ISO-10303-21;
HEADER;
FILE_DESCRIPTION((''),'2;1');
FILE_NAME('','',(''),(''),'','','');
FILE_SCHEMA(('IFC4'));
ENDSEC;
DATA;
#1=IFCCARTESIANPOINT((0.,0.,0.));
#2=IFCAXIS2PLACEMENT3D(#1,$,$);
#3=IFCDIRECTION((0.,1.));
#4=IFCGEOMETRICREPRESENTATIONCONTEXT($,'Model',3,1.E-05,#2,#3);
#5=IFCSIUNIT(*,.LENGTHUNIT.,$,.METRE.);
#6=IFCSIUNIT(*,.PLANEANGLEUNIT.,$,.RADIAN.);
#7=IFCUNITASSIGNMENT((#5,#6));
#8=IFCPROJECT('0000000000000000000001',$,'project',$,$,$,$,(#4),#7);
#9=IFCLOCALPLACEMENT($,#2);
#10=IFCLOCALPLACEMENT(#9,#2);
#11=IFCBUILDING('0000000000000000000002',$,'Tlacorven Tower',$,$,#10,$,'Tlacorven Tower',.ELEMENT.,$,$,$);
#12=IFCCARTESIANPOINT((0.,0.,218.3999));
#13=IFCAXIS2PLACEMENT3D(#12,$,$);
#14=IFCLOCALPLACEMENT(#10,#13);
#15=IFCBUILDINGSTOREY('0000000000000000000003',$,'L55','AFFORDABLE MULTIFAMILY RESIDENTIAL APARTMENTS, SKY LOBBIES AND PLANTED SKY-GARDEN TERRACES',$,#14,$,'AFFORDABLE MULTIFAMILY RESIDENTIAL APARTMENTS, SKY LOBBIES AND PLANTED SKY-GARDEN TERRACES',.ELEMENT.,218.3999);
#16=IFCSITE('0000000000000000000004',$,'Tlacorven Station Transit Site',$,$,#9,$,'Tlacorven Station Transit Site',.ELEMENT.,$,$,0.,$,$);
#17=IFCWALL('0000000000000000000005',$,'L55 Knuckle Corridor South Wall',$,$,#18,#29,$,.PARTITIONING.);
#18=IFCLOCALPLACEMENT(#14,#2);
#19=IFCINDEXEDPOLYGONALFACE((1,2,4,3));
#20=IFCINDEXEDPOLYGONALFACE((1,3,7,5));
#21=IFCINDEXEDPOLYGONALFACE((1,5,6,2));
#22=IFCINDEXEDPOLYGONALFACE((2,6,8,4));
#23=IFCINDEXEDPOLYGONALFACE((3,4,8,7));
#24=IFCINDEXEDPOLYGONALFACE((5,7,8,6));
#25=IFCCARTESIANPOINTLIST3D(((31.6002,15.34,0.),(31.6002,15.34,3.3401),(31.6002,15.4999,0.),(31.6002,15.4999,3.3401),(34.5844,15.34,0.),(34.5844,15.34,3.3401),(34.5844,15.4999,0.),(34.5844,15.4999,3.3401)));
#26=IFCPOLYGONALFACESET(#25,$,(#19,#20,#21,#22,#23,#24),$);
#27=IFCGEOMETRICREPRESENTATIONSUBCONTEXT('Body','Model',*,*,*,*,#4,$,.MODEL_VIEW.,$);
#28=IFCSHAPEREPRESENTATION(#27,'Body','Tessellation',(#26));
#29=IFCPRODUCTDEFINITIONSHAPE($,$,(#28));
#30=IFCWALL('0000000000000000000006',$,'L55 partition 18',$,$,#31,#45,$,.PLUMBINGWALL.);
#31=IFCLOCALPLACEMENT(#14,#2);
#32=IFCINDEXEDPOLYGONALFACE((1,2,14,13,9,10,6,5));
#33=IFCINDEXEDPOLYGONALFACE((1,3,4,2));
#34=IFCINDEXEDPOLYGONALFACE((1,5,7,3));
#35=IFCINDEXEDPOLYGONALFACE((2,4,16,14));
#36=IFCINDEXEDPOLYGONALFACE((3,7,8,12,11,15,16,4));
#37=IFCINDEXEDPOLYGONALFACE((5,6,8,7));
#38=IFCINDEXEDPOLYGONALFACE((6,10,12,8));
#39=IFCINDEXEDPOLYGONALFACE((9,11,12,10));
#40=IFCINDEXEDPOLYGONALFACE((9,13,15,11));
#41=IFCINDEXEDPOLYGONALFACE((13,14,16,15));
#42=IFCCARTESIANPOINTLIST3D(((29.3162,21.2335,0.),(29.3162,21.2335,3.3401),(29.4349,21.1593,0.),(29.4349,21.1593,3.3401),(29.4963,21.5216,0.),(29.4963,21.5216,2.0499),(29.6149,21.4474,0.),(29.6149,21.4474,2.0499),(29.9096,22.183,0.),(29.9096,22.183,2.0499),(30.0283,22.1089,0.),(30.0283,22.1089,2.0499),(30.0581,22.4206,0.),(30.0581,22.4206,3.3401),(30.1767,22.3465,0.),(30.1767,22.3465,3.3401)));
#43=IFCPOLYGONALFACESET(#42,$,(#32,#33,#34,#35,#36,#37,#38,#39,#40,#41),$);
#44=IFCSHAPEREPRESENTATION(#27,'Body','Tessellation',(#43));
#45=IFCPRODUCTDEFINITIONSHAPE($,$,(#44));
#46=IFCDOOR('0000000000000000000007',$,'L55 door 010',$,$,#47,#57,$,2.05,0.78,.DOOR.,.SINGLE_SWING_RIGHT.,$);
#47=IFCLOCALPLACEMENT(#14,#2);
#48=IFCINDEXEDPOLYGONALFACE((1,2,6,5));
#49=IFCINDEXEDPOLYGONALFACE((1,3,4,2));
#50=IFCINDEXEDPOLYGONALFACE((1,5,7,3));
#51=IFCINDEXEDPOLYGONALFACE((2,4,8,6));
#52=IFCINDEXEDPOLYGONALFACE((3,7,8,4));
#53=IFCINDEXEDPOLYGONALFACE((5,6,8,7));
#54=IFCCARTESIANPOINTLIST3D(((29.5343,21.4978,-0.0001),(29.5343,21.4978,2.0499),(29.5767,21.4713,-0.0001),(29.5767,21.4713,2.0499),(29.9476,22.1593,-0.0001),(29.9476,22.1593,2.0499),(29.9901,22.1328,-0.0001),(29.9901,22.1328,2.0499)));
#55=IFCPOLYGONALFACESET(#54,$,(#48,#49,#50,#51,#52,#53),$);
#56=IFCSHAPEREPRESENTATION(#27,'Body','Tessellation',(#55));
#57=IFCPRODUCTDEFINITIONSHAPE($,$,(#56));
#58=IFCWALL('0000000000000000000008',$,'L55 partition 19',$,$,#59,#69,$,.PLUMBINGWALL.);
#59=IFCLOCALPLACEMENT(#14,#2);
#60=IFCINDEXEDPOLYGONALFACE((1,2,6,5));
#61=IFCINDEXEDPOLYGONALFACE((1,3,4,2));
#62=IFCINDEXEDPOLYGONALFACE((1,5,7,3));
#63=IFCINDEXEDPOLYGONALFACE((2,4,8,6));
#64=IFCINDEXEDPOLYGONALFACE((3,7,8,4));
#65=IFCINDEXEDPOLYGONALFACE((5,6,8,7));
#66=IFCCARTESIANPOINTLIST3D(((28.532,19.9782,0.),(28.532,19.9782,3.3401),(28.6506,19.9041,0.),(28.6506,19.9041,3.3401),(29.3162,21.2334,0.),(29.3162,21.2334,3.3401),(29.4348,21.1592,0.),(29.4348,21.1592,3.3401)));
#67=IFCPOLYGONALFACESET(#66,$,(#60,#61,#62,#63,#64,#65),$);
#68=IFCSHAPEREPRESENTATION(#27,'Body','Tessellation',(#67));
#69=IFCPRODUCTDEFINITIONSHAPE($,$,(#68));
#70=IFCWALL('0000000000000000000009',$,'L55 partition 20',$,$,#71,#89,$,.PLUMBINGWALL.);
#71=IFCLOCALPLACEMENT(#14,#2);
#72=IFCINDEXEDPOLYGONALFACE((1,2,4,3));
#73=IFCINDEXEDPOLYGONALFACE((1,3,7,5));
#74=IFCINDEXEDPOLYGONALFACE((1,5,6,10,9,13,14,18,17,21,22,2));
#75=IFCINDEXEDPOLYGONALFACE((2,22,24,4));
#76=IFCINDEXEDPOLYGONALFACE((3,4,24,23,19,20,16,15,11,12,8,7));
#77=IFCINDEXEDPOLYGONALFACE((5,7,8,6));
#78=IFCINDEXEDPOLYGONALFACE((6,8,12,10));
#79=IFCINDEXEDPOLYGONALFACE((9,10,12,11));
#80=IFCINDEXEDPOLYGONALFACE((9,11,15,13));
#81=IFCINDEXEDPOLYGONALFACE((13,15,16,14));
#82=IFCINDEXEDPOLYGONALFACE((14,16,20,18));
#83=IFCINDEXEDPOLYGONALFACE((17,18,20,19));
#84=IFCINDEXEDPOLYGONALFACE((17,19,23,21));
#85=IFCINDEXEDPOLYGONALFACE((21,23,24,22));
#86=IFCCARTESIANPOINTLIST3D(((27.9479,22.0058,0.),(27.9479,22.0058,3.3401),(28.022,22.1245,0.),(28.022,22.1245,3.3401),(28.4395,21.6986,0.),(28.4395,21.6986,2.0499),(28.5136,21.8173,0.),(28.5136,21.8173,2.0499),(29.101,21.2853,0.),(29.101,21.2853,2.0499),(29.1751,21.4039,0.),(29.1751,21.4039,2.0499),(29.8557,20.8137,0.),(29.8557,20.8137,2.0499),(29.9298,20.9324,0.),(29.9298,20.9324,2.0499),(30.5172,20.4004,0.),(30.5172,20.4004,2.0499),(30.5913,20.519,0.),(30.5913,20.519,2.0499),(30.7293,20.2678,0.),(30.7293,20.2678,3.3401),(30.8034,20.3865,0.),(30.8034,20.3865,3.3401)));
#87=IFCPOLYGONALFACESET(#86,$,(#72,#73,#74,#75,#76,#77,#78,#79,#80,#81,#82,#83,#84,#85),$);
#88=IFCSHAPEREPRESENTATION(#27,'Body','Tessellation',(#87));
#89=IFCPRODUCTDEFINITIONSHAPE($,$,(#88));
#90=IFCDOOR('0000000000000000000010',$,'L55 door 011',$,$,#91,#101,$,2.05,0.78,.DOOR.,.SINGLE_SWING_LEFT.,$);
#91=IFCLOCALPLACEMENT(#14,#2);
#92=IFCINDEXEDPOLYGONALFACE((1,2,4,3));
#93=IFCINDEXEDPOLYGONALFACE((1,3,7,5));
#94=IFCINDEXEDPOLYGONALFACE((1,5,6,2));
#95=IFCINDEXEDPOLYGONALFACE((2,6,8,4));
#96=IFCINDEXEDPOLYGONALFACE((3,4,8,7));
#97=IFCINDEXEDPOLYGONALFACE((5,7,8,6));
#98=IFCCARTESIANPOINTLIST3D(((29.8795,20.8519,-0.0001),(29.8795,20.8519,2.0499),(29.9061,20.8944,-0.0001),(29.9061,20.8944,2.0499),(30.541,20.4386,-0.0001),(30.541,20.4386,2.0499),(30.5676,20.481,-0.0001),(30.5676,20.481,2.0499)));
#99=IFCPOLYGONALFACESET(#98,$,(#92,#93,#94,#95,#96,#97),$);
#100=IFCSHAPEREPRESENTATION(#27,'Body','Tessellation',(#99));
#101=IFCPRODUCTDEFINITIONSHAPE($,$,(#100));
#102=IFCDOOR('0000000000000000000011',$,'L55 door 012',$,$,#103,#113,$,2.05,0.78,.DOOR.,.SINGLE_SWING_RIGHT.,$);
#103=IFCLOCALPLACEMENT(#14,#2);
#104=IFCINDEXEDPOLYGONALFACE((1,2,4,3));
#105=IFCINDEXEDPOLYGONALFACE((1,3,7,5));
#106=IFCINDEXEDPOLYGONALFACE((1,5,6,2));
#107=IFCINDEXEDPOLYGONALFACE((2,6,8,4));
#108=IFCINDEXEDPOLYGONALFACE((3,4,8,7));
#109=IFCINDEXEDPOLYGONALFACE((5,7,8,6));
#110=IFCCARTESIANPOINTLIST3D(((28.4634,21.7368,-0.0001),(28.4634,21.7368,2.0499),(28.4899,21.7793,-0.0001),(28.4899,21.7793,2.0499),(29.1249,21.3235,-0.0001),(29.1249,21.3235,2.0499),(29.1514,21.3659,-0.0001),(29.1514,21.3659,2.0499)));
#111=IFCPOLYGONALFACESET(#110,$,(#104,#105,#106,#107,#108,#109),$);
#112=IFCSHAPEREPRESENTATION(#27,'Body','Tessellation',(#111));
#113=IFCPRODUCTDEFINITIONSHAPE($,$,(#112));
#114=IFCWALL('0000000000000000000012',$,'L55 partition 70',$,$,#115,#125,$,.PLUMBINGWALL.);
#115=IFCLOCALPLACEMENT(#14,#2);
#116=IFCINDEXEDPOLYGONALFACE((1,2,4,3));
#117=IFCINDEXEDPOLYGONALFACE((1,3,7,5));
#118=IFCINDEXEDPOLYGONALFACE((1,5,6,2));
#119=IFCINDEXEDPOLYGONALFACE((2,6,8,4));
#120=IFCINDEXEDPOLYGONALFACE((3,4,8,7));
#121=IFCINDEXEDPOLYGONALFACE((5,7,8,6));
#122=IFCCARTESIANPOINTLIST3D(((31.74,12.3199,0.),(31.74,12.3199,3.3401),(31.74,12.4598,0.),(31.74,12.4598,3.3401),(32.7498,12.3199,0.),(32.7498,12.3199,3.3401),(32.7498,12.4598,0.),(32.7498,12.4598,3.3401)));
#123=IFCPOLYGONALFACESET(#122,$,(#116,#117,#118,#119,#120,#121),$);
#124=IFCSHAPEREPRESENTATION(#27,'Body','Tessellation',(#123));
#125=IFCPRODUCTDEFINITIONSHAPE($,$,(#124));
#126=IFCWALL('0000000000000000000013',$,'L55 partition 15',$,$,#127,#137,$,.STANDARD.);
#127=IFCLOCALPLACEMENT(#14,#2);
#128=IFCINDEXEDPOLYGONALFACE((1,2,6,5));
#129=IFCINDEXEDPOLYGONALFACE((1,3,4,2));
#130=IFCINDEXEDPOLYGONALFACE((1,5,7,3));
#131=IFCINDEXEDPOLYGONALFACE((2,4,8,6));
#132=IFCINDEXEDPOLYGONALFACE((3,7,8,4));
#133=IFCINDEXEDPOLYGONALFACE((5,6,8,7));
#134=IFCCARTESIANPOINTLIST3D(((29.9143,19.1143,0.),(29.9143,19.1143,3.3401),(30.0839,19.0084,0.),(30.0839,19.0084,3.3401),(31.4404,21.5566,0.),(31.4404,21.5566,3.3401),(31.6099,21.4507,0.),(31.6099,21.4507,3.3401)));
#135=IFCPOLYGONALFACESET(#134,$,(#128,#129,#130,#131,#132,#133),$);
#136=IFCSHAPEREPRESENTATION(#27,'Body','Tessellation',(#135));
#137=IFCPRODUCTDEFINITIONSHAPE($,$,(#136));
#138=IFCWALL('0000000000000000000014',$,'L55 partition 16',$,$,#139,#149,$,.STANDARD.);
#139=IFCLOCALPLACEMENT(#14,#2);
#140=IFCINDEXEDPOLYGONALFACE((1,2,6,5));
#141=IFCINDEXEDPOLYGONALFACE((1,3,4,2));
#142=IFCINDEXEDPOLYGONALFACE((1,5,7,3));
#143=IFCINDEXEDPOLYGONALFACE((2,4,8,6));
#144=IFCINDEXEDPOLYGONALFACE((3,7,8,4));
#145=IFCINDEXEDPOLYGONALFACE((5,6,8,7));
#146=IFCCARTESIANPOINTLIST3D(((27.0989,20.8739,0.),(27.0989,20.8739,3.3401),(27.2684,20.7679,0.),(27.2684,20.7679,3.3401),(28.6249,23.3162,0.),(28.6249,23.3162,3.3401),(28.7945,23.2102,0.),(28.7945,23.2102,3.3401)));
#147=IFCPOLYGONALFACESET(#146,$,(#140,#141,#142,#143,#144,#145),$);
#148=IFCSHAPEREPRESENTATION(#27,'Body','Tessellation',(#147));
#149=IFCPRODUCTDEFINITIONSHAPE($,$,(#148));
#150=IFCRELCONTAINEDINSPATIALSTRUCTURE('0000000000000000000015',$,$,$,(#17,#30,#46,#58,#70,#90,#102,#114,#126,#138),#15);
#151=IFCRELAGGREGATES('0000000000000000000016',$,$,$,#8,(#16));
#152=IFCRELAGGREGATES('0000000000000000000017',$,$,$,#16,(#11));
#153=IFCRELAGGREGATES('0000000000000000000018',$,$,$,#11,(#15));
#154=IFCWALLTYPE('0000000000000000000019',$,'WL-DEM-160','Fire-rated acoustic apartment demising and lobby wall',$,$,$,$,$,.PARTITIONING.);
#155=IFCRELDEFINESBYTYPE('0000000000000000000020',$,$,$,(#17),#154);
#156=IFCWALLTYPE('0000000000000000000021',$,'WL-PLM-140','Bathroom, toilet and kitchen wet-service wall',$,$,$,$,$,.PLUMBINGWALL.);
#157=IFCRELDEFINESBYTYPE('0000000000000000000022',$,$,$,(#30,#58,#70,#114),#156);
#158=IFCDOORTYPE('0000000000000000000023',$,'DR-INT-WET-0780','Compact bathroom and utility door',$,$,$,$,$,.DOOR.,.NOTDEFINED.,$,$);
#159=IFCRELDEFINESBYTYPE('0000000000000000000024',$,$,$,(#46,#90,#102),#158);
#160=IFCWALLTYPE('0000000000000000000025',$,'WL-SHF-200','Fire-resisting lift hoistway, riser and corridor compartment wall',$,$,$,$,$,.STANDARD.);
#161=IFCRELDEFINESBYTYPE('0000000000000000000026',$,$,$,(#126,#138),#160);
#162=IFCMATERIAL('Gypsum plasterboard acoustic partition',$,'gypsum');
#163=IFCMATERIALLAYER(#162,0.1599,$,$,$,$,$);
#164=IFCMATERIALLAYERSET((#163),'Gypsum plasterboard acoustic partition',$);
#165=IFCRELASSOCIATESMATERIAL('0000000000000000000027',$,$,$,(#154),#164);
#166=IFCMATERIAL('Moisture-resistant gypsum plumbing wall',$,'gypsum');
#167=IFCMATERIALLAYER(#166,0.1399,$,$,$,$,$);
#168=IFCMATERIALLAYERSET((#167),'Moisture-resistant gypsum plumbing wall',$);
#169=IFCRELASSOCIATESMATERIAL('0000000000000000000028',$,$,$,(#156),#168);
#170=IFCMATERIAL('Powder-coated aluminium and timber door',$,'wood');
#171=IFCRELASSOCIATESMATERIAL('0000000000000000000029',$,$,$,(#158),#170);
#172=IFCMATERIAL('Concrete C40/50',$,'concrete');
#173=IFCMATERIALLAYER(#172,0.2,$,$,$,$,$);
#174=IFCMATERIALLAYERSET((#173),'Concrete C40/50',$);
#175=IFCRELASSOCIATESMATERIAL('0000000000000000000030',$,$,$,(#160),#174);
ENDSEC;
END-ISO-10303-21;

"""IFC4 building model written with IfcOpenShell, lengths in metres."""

from ifc_helpers import new_model, si_unit, direction, frame, frame_2d, origin, place, context, subcontext, project, spatial, rectangle, extrude, source, transform, mapped, material, layer, layer_set, type_object, element, fill, save


model = new_model("IFC4")

# Units and contexts
model_context = context("Model", 3, precision=1e-05, world=origin(), true_north=direction((0.0, 1.0)))
body_context = subcontext(model_context, "Body", "Model", "MODEL_VIEW")
ifc_project = project(units=[si_unit("LENGTHUNIT", "METRE"), si_unit("PLANEANGLEUNIT", "RADIAN")], contexts=[model_context])

# Site, building, storey
site_placement = place(None, origin())
site = spatial("IfcSite", under=ifc_project, at=site_placement, Name="Tlacorven Station Transit Site", LongName="Tlacorven Station Transit Site", CompositionType="ELEMENT", RefElevation=0.0)
building_placement = place(site_placement, origin())
building = spatial("IfcBuilding", under=site, at=building_placement, Name="Tlacorven Tower", LongName="Tlacorven Tower", CompositionType="ELEMENT")
storey_placement = place(building_placement, frame((0.0, 0.0, 218.3999)))
storey = spatial("IfcBuildingStorey", under=building, at=storey_placement, Name="L55", Description="AFFORDABLE MULTIFAMILY RESIDENTIAL APARTMENTS, SKY LOBBIES AND PLANTED SKY-GARDEN TERRACES", LongName="AFFORDABLE MULTIFAMILY RESIDENTIAL APARTMENTS, SKY LOBBIES AND PLANTED SKY-GARDEN TERRACES", CompositionType="ELEMENT", Elevation=218.3999)

# Wall
ifc_material_1 = material(Name="Gypsum plasterboard acoustic partition", Category="gypsum")
ifc_layer_1 = layer(ifc_material_1, 0.1599)
ifc_layer_set_1 = layer_set([ifc_layer_1], Name="Gypsum plasterboard acoustic partition")
wall_type_1 = type_object("IfcWallType", Name="WL-DEM-160", Description="Fire-rated acoustic apartment demising and lobby wall", PredefinedType="PARTITIONING", material=ifc_layer_set_1)
wall_1_placement = place(storey_placement, frame((31.6001, 15.4199, 0.0), z_axis=(0.0, 0.0, 1.0), x_axis=(1.0, 0.0, 0.0)))
element("IfcWall", 1, at=wall_1_placement, inside=storey, type_object=wall_type_1, Name="L55 Knuckle Corridor South Wall", PredefinedType="PARTITIONING", context=body_context, shape_type="SweptSolid", body=[
    extrude(rectangle(XDim=2.9841, YDim=0.1599, at=frame_2d((1.4922, 0.0))), origin(), (0.0, 0.0, 1.0), 3.3401),
])

# Wall, opening, door
ifc_material_2 = material(Name="Moisture-resistant gypsum plumbing wall", Category="gypsum")
ifc_layer_2 = layer(ifc_material_2, 0.1399)
ifc_layer_set_2 = layer_set([ifc_layer_2], Name="Moisture-resistant gypsum plumbing wall")
wall_type_2 = type_object("IfcWallType", Name="WL-PLM-140", Description="Bathroom, toilet and kitchen wet-service wall", PredefinedType="PLUMBINGWALL", material=ifc_layer_set_2)
wall_2_placement = place(storey_placement, frame((30.1174, 22.3835, 0.0), z_axis=(0.0, 0.0, 1.0), x_axis=(-0.529952, -0.848028, 0.0)))
wall_2 = element("IfcWall", 2, at=wall_2_placement, inside=storey, type_object=wall_type_2, Name="L55 partition 18", PredefinedType="PLUMBINGWALL", context=body_context, shape_type="SweptSolid", body=[
    extrude(rectangle(XDim=1.3999, YDim=0.1399, at=frame_2d((0.7, 0.0))), origin(), (0.0, 0.0, 1.0), 3.3401),
])
opening_1_placement = place(wall_2_placement, frame((0.28, 0.0, 0.0)))
opening_1 = element("IfcOpeningElement", 3, at=opening_1_placement, cuts=wall_2, PredefinedType="OPENING", context=body_context, shape_type="SweptSolid", body=[
    extrude(rectangle(XDim=0.78, YDim=2.05, at=frame_2d((0.3901, 1.0249))), frame((0.0, 0.0801, 0.0), z_axis=(0.0, -1.0, 0.0), x_axis=(1.0, 0.0, 0.0)), (0.0, 0.0, 1.0), 0.1599),
])
ifc_material_3 = material(Name="Powder-coated aluminium and timber door", Category="wood")
door_type_1 = type_object("IfcDoorType", Name="DR-INT-WET-0780", Description="Compact bathroom and utility door", OperationType="NOTDEFINED", PredefinedType="DOOR", material=ifc_material_3)
shared_shape_1 = source(origin(), body_context, "Body", "SweptSolid", [
    extrude(rectangle(XDim=0.78, YDim=2.05, at=frame_2d((0.3901, 1.0249))), frame((0.0, 0.0249, 0.0), z_axis=(0.0, -1.0, 0.0), x_axis=(1.0, 0.0, 0.0)), (0.0, 0.0, 1.0), 0.05),
])
door_1_placement = place(opening_1_placement, origin())
door_1 = element("IfcDoor", 4, at=door_1_placement, inside=storey, type_object=door_type_1, Name="L55 door 010", OperationType="SINGLE_SWING_RIGHT", OverallHeight=2.05, OverallWidth=0.78, PredefinedType="DOOR", context=body_context, shape_type="MappedRepresentation", body=[
    mapped(shared_shape_1, transform((0.0, 0.0, 0.0), scale=1.0)),
])
fill(opening_1, door_1)

# Wall
wall_3_placement = place(storey_placement, frame((29.3755, 21.1963, 0.0), z_axis=(0.0, 0.0, 1.0), x_axis=(-0.529865, -0.848082, 0.0)))
element("IfcWall", 5, at=wall_3_placement, inside=storey, type_object=wall_type_2, Name="L55 partition 19", PredefinedType="PLUMBINGWALL", context=body_context, shape_type="SweptSolid", body=[
    extrude(rectangle(XDim=1.48, YDim=0.1399, at=frame_2d((0.74, 0.0))), origin(), (0.0, 0.0, 1.0), 3.3401),
])

# Wall, openings, doors
wall_4_placement = place(storey_placement, frame((30.7664, 20.3271, 0.0), z_axis=(0.0, 0.0, 1.0), x_axis=(-0.848053, 0.529912, 0.0)))
wall_4 = element("IfcWall", 6, at=wall_4_placement, inside=storey, type_object=wall_type_2, Name="L55 partition 20", PredefinedType="PLUMBINGWALL", context=body_context, shape_type="SweptSolid", body=[
    extrude(rectangle(XDim=3.2798, YDim=0.1399, at=frame_2d((1.6399, 0.0))), origin(), (0.0, 0.0, 1.0), 3.3401),
])
opening_2_placement = place(wall_4_placement, frame((0.25, 0.0, 0.0)))
opening_2 = element("IfcOpeningElement", 7, at=opening_2_placement, cuts=wall_4, PredefinedType="OPENING", context=body_context, shape_type="SweptSolid", body=[
    extrude(rectangle(XDim=0.78, YDim=2.05, at=frame_2d((0.3901, 1.0249))), frame((0.0, 0.0801, 0.0), z_axis=(0.0, -1.0, 0.0), x_axis=(1.0, 0.0, 0.0)), (0.0, 0.0, 1.0), 0.1599),
])
opening_3_placement = place(wall_4_placement, frame((1.9199, 0.0, 0.0)))
opening_3 = element("IfcOpeningElement", 8, at=opening_3_placement, cuts=wall_4, PredefinedType="OPENING", context=body_context, shape_type="SweptSolid", body=[
    extrude(rectangle(XDim=0.78, YDim=2.05, at=frame_2d((0.3901, 1.0249))), frame((0.0, 0.0801, 0.0), z_axis=(0.0, -1.0, 0.0), x_axis=(1.0, 0.0, 0.0)), (0.0, 0.0, 1.0), 0.1599),
])
door_2_placement = place(opening_2_placement, origin())
door_2 = element("IfcDoor", 9, at=door_2_placement, inside=storey, type_object=door_type_1, Name="L55 door 011", OperationType="SINGLE_SWING_LEFT", OverallHeight=2.05, OverallWidth=0.78, PredefinedType="DOOR", context=body_context, shape_type="MappedRepresentation", body=[
    mapped(shared_shape_1, transform((0.0, 0.0, 0.0), scale=1.0)),
])
fill(opening_2, door_2)
door_3_placement = place(opening_3_placement, origin())
door_3 = element("IfcDoor", 10, at=door_3_placement, inside=storey, type_object=door_type_1, Name="L55 door 012", OperationType="SINGLE_SWING_RIGHT", OverallHeight=2.05, OverallWidth=0.78, PredefinedType="DOOR", context=body_context, shape_type="MappedRepresentation", body=[
    mapped(shared_shape_1, transform((0.0, 0.0, 0.0), scale=1.0)),
])
fill(opening_3, door_3)

# Walls
wall_5_placement = place(storey_placement, frame((31.74, 12.3899, 0.0), z_axis=(0.0, 0.0, 1.0), x_axis=(1.0, 0.0, 0.0)))
element("IfcWall", 11, at=wall_5_placement, inside=storey, type_object=wall_type_2, Name="L55 partition 70", PredefinedType="PLUMBINGWALL", context=body_context, shape_type="SweptSolid", body=[
    extrude(rectangle(XDim=1.0098, YDim=0.1399, at=frame_2d((0.5049, 0.0))), origin(), (0.0, 0.0, 1.0), 3.3401),
])
ifc_material_4 = material(Name="Concrete C40/50", Category="concrete")
ifc_layer_3 = layer(ifc_material_4, 0.2)
ifc_layer_set_3 = layer_set([ifc_layer_3], Name="Concrete C40/50")
wall_type_3 = type_object("IfcWallType", Name="WL-SHF-200", Description="Fire-resisting lift hoistway, riser and corridor compartment wall", PredefinedType="STANDARD", material=ifc_layer_set_3)
for number, where, z_axis, x_axis, name in (
    (12, (31.5251, 21.5037, 0.0), (0.0, 0.0, 1.0), (-0.529907, -0.848055, 0.0), "L55 partition 15"),
    (13, (28.7097, 23.2632, 0.0), (0.0, 0.0, 1.0), (-0.529907, -0.848055, 0.0), "L55 partition 16"),
):
    element("IfcWall", number, at=place(storey_placement, frame(where, z_axis=z_axis, x_axis=x_axis)), inside=storey, type_object=wall_type_3, Name=name, PredefinedType="STANDARD", context=body_context, shape_type="SweptSolid", body=[
        extrude(rectangle(XDim=2.8799, YDim=0.2, at=frame_2d((1.4399, 0.0))), origin(), (0.0, 0.0, 1.0), 3.3401),
    ])

save(model, "model.ifc")
